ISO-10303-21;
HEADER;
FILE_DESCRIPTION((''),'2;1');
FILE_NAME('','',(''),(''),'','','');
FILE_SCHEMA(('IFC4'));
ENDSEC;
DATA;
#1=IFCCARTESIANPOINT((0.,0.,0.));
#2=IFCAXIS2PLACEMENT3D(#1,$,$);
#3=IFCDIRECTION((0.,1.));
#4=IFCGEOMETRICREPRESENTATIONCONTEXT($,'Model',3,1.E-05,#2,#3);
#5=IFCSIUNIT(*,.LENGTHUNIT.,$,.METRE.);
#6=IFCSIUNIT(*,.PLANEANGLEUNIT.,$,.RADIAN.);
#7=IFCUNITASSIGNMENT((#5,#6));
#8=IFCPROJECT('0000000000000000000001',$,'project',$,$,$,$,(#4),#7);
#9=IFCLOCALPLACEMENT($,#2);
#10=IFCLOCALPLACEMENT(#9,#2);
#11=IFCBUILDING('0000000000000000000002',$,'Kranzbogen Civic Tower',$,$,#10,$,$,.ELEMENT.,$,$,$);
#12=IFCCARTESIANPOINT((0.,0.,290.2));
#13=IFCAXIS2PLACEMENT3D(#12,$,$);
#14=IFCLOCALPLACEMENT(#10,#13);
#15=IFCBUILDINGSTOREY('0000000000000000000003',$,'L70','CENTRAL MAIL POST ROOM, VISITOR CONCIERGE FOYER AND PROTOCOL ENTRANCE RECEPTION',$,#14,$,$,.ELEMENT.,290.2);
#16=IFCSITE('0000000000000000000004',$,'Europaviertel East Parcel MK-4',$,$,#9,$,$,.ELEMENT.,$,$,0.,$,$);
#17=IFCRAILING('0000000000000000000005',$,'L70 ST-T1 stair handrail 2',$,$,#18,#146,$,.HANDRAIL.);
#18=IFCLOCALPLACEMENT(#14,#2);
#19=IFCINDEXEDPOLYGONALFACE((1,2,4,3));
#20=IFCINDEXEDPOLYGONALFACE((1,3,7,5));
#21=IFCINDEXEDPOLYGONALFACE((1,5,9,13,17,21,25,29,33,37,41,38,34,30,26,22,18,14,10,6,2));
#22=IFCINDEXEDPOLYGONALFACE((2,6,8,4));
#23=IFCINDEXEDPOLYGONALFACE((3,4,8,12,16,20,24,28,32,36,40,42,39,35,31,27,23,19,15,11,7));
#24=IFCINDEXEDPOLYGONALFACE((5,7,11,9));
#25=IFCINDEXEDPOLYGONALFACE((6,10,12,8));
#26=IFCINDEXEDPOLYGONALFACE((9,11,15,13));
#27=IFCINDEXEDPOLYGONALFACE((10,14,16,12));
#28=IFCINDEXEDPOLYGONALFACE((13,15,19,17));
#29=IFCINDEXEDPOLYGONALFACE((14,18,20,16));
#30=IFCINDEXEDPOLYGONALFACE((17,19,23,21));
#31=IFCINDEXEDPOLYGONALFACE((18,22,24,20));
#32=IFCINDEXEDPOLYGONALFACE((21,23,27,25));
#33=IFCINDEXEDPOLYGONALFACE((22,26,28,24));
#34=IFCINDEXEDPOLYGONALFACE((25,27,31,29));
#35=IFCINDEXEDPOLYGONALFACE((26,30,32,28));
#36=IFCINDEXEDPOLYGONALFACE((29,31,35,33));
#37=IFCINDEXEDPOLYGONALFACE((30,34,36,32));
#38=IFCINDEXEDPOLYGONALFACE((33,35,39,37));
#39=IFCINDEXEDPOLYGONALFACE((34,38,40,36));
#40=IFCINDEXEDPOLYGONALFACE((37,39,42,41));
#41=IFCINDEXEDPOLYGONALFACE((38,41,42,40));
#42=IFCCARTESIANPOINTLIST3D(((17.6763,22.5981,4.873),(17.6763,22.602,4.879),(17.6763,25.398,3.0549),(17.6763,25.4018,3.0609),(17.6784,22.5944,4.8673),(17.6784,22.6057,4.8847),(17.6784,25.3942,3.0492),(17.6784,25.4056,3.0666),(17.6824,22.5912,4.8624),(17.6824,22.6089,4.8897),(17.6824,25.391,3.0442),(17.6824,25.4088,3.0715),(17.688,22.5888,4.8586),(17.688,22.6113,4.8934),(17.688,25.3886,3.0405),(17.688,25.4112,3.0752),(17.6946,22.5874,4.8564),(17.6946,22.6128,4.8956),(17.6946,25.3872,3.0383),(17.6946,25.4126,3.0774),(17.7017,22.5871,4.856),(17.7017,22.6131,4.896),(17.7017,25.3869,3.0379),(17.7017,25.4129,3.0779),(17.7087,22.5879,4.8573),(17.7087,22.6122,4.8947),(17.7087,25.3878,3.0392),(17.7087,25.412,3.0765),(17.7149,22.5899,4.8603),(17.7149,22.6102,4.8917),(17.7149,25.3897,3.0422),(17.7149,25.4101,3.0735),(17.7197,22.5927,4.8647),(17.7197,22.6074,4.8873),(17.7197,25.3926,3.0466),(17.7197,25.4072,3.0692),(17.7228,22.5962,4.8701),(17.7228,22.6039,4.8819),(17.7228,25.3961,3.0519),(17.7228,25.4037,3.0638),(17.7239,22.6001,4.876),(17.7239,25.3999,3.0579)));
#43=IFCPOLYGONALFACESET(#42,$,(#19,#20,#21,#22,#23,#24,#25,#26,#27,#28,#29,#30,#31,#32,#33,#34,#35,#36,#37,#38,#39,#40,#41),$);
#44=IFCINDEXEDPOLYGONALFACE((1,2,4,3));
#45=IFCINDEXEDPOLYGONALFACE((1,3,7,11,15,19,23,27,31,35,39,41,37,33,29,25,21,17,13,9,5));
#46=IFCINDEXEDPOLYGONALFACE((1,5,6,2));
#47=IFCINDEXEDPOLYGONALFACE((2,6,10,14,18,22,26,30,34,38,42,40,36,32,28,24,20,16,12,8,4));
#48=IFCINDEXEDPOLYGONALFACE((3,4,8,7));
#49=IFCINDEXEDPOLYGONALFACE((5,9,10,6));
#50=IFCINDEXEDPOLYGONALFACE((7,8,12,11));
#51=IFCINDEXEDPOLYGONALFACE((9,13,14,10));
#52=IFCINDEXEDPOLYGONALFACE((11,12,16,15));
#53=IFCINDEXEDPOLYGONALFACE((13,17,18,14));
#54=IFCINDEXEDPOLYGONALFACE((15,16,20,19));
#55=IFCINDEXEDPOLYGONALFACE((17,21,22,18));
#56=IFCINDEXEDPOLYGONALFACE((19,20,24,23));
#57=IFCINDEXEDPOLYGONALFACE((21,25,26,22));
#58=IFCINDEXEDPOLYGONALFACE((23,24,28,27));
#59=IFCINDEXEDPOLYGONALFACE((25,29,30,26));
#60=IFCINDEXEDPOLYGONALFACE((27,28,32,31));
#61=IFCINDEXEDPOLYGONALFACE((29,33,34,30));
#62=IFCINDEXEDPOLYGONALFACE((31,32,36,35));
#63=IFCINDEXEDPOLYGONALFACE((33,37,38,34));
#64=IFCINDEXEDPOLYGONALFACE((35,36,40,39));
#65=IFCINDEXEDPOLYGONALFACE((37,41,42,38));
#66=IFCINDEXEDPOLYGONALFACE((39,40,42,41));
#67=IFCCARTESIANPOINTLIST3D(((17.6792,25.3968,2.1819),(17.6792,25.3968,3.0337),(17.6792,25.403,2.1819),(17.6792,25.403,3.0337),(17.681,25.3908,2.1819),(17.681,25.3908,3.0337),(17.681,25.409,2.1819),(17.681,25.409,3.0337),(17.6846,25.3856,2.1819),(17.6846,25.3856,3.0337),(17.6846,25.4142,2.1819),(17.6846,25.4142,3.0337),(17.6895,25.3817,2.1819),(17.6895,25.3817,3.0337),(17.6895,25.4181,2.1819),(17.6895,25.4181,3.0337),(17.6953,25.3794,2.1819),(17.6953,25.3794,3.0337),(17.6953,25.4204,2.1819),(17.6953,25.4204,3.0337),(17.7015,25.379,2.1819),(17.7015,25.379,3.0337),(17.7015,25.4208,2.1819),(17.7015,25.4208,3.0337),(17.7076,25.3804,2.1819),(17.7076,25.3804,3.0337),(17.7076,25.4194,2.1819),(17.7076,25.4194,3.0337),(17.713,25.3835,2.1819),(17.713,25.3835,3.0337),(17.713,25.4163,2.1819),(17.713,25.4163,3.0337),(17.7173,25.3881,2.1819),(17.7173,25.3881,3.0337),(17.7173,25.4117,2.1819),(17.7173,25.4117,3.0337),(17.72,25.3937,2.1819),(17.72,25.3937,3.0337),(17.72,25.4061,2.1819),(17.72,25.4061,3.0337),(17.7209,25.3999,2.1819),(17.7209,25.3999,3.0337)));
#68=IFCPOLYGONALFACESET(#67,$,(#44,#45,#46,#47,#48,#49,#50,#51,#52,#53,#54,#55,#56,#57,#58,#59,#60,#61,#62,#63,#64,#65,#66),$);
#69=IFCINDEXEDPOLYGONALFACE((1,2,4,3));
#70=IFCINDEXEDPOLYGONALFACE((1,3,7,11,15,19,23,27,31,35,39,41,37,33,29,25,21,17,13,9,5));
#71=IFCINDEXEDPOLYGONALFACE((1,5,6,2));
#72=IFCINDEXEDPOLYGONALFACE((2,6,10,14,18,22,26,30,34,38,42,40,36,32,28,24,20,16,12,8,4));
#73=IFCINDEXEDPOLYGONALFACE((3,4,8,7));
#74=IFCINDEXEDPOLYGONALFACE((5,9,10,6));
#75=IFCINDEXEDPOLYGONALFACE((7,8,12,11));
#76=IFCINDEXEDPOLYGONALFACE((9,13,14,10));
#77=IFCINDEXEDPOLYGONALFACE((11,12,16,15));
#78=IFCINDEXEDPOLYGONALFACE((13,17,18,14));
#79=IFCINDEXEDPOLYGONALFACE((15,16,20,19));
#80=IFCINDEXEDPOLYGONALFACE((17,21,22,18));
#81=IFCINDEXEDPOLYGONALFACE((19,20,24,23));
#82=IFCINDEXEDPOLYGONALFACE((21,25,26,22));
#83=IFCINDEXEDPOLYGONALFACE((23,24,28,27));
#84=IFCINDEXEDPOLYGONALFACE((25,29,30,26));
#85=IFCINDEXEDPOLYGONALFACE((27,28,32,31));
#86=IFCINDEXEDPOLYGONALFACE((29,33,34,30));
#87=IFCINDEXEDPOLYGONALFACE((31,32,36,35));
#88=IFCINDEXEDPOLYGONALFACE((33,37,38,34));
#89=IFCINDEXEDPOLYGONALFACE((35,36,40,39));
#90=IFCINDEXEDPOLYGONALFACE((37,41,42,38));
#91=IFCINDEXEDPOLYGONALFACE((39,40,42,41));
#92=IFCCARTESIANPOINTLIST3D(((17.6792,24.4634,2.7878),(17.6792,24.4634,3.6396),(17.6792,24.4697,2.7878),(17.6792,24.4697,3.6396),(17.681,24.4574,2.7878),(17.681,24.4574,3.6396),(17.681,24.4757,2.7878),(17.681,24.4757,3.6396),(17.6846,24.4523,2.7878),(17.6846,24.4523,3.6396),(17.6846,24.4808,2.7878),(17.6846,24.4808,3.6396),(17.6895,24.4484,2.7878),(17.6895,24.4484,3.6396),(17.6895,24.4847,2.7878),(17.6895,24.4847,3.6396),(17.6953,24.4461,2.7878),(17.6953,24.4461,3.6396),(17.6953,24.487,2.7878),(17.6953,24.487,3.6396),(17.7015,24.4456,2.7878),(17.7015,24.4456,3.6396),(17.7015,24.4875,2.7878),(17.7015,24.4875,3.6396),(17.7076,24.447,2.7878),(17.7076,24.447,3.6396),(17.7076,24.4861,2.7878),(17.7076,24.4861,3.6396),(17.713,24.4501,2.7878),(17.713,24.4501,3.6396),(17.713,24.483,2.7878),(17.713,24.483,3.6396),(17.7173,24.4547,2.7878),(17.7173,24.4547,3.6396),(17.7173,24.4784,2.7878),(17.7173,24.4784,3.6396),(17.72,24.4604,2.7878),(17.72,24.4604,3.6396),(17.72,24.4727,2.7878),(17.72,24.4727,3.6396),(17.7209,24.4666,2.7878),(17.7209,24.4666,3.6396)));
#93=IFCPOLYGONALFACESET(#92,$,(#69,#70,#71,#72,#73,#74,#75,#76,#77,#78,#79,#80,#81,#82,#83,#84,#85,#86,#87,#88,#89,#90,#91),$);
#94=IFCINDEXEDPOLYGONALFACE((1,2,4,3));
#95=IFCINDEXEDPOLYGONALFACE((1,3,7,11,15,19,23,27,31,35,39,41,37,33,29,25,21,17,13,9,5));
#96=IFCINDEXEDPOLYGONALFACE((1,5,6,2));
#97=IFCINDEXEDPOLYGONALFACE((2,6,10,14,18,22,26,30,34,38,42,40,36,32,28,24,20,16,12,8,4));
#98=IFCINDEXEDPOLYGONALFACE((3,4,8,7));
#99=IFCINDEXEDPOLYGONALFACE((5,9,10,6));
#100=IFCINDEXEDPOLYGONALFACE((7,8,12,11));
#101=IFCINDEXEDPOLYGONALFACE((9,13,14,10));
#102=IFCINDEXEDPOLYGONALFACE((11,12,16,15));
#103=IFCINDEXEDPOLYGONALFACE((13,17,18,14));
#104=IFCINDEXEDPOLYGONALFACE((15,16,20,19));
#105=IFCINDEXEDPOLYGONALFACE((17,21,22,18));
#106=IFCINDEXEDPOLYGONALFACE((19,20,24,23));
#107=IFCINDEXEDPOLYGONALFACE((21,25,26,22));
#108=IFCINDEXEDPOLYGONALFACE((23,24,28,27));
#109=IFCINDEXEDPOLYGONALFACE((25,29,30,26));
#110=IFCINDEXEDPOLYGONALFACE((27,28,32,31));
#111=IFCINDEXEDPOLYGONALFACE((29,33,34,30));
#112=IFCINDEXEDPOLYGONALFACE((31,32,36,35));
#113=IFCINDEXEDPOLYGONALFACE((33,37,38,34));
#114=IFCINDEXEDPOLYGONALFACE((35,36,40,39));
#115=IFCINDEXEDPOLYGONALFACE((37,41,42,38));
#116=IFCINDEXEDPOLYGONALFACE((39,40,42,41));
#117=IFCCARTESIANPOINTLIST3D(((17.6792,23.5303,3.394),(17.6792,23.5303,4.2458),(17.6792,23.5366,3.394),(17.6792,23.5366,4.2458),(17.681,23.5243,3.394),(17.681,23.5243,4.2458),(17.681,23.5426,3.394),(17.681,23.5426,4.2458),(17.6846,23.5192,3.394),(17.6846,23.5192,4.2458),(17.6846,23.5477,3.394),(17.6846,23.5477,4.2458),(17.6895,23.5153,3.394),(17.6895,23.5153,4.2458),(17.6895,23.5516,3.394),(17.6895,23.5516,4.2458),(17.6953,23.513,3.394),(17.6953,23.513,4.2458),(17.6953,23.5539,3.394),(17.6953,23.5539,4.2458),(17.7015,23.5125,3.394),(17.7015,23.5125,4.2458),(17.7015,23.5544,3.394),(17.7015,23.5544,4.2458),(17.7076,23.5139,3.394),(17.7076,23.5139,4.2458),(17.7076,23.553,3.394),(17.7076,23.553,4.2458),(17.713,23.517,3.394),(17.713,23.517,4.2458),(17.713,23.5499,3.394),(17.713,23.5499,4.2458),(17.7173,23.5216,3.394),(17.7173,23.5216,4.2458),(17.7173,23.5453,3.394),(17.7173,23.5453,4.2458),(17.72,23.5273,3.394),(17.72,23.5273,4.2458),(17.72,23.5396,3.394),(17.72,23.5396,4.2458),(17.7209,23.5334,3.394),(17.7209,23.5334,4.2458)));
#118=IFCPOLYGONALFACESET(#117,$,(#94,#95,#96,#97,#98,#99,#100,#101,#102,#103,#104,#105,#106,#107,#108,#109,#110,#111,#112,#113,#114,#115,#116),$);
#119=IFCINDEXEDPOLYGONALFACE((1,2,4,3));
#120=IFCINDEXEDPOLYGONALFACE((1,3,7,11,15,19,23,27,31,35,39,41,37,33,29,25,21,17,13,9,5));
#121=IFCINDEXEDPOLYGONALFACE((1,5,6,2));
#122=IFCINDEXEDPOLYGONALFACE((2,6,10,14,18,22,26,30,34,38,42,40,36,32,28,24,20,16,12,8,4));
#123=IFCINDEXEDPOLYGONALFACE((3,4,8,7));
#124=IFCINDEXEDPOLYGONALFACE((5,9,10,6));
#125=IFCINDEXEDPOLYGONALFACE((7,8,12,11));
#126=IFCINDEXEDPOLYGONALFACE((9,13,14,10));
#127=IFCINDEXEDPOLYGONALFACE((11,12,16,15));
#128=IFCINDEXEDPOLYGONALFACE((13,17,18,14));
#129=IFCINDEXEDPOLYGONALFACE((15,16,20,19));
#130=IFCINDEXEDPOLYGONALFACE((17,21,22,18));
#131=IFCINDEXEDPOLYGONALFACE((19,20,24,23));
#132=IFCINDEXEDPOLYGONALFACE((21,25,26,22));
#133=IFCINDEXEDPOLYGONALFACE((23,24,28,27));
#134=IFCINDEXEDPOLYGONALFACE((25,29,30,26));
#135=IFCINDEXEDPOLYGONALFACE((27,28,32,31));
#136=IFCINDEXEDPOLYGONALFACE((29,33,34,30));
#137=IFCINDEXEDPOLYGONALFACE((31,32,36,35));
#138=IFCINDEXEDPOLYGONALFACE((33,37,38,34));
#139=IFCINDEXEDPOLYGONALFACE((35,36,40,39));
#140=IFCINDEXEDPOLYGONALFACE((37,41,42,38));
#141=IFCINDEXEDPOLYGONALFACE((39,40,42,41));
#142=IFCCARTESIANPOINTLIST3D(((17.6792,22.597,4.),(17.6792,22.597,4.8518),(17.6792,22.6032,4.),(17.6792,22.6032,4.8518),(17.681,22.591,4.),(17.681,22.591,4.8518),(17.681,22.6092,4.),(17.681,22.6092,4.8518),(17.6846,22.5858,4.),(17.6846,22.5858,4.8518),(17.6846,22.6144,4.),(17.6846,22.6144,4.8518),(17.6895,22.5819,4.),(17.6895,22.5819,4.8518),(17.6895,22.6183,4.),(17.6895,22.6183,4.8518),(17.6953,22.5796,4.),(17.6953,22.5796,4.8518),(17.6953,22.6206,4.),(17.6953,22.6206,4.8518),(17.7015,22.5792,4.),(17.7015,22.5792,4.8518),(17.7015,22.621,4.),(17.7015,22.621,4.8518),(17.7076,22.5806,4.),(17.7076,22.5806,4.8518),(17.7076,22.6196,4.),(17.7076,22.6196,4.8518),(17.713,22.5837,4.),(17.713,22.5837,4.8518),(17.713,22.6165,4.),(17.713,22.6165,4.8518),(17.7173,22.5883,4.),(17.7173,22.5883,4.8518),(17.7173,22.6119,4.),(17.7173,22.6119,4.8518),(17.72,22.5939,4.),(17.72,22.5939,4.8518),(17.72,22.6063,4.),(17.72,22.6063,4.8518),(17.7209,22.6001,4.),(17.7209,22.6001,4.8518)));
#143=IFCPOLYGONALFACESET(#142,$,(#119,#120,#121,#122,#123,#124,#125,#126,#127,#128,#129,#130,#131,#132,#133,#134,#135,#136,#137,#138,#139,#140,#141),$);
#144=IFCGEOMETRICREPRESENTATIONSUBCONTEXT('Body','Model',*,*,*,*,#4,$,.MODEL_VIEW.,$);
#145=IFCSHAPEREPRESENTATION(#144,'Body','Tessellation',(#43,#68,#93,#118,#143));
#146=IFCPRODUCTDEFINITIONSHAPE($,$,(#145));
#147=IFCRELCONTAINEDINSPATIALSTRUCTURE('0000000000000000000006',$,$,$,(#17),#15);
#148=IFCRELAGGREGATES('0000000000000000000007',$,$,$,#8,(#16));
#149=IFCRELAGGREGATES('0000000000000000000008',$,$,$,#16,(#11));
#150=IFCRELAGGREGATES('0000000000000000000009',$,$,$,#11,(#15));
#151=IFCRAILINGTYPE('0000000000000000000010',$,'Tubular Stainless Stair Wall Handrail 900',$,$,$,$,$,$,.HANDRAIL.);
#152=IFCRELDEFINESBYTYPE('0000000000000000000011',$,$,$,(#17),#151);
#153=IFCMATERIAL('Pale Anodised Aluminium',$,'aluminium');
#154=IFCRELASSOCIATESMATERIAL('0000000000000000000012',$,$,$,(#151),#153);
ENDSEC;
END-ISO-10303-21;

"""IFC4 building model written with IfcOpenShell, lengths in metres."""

from ifc_helpers import new_model, si_unit, direction, frame, origin, origin_2d, place, context, subcontext, project, spatial, circle, extrude, material, type_object, element, save


model = new_model("IFC4")

# Units and contexts
model_context = context("Model", 3, precision=1e-05, world=origin(), true_north=direction((0.0, 1.0)))
body_context = subcontext(model_context, "Body", "Model", "MODEL_VIEW")
ifc_project = project(units=[si_unit("LENGTHUNIT", "METRE"), si_unit("PLANEANGLEUNIT", "RADIAN")], contexts=[model_context])

# Site, building, storey
site_placement = place(None, origin())
site = spatial("IfcSite", under=ifc_project, at=site_placement, Name="Europaviertel East Parcel MK-4", CompositionType="ELEMENT", RefElevation=0.0)
building_placement = place(site_placement, origin())
building = spatial("IfcBuilding", under=site, at=building_placement, Name="Kranzbogen Civic Tower", CompositionType="ELEMENT")
storey_placement = place(building_placement, frame((0.0, 0.0, 290.2)))
storey = spatial("IfcBuildingStorey", under=building, at=storey_placement, Name="L70", Description="CENTRAL MAIL POST ROOM, VISITOR CONCIERGE FOYER AND PROTOCOL ENTRANCE RECEPTION", CompositionType="ELEMENT", Elevation=290.2)

# Shared definitions
ifc_material_1 = material(Name="Pale Anodised Aluminium", Category="aluminium")

# Railing
railing_type_1 = type_object("IfcRailingType", Name="Tubular Stainless Stair Wall Handrail 900", PredefinedType="HANDRAIL", material=ifc_material_1)
railing_1_placement = place(storey_placement, frame((17.7, 25.3999, 2.1819)))
element("IfcRailing", 1, at=railing_1_placement, inside=storey, type_object=railing_type_1, Name="L70 ST-T1 stair handrail 2", PredefinedType="HANDRAIL", context=body_context, shape_type="SweptSolid", body=[
    extrude(circle(Radius=0.0239, at=origin_2d()), frame((0.0, 0.0, 0.876), z_axis=(0.0, -0.838684, 0.544618), x_axis=(1.0, 0.0, 0.0)), (0.0, 0.0, 1.0), 3.3384),
    extrude(circle(Radius=0.021, at=origin_2d()), origin(), (0.0, 0.0, 1.0), 0.8518),
    extrude(circle(Radius=0.021, at=origin_2d()), frame((0.0, -0.9333, 0.606)), (0.0, 0.0, 1.0), 0.8518),
    extrude(circle(Radius=0.021, at=origin_2d()), frame((0.0, -1.8665, 1.2122)), (0.0, 0.0, 1.0), 0.8518),
    extrude(circle(Radius=0.021, at=origin_2d()), frame((0.0, -2.7998, 1.8181)), (0.0, 0.0, 1.0), 0.8518),
])

save(model, "model.ifc")
